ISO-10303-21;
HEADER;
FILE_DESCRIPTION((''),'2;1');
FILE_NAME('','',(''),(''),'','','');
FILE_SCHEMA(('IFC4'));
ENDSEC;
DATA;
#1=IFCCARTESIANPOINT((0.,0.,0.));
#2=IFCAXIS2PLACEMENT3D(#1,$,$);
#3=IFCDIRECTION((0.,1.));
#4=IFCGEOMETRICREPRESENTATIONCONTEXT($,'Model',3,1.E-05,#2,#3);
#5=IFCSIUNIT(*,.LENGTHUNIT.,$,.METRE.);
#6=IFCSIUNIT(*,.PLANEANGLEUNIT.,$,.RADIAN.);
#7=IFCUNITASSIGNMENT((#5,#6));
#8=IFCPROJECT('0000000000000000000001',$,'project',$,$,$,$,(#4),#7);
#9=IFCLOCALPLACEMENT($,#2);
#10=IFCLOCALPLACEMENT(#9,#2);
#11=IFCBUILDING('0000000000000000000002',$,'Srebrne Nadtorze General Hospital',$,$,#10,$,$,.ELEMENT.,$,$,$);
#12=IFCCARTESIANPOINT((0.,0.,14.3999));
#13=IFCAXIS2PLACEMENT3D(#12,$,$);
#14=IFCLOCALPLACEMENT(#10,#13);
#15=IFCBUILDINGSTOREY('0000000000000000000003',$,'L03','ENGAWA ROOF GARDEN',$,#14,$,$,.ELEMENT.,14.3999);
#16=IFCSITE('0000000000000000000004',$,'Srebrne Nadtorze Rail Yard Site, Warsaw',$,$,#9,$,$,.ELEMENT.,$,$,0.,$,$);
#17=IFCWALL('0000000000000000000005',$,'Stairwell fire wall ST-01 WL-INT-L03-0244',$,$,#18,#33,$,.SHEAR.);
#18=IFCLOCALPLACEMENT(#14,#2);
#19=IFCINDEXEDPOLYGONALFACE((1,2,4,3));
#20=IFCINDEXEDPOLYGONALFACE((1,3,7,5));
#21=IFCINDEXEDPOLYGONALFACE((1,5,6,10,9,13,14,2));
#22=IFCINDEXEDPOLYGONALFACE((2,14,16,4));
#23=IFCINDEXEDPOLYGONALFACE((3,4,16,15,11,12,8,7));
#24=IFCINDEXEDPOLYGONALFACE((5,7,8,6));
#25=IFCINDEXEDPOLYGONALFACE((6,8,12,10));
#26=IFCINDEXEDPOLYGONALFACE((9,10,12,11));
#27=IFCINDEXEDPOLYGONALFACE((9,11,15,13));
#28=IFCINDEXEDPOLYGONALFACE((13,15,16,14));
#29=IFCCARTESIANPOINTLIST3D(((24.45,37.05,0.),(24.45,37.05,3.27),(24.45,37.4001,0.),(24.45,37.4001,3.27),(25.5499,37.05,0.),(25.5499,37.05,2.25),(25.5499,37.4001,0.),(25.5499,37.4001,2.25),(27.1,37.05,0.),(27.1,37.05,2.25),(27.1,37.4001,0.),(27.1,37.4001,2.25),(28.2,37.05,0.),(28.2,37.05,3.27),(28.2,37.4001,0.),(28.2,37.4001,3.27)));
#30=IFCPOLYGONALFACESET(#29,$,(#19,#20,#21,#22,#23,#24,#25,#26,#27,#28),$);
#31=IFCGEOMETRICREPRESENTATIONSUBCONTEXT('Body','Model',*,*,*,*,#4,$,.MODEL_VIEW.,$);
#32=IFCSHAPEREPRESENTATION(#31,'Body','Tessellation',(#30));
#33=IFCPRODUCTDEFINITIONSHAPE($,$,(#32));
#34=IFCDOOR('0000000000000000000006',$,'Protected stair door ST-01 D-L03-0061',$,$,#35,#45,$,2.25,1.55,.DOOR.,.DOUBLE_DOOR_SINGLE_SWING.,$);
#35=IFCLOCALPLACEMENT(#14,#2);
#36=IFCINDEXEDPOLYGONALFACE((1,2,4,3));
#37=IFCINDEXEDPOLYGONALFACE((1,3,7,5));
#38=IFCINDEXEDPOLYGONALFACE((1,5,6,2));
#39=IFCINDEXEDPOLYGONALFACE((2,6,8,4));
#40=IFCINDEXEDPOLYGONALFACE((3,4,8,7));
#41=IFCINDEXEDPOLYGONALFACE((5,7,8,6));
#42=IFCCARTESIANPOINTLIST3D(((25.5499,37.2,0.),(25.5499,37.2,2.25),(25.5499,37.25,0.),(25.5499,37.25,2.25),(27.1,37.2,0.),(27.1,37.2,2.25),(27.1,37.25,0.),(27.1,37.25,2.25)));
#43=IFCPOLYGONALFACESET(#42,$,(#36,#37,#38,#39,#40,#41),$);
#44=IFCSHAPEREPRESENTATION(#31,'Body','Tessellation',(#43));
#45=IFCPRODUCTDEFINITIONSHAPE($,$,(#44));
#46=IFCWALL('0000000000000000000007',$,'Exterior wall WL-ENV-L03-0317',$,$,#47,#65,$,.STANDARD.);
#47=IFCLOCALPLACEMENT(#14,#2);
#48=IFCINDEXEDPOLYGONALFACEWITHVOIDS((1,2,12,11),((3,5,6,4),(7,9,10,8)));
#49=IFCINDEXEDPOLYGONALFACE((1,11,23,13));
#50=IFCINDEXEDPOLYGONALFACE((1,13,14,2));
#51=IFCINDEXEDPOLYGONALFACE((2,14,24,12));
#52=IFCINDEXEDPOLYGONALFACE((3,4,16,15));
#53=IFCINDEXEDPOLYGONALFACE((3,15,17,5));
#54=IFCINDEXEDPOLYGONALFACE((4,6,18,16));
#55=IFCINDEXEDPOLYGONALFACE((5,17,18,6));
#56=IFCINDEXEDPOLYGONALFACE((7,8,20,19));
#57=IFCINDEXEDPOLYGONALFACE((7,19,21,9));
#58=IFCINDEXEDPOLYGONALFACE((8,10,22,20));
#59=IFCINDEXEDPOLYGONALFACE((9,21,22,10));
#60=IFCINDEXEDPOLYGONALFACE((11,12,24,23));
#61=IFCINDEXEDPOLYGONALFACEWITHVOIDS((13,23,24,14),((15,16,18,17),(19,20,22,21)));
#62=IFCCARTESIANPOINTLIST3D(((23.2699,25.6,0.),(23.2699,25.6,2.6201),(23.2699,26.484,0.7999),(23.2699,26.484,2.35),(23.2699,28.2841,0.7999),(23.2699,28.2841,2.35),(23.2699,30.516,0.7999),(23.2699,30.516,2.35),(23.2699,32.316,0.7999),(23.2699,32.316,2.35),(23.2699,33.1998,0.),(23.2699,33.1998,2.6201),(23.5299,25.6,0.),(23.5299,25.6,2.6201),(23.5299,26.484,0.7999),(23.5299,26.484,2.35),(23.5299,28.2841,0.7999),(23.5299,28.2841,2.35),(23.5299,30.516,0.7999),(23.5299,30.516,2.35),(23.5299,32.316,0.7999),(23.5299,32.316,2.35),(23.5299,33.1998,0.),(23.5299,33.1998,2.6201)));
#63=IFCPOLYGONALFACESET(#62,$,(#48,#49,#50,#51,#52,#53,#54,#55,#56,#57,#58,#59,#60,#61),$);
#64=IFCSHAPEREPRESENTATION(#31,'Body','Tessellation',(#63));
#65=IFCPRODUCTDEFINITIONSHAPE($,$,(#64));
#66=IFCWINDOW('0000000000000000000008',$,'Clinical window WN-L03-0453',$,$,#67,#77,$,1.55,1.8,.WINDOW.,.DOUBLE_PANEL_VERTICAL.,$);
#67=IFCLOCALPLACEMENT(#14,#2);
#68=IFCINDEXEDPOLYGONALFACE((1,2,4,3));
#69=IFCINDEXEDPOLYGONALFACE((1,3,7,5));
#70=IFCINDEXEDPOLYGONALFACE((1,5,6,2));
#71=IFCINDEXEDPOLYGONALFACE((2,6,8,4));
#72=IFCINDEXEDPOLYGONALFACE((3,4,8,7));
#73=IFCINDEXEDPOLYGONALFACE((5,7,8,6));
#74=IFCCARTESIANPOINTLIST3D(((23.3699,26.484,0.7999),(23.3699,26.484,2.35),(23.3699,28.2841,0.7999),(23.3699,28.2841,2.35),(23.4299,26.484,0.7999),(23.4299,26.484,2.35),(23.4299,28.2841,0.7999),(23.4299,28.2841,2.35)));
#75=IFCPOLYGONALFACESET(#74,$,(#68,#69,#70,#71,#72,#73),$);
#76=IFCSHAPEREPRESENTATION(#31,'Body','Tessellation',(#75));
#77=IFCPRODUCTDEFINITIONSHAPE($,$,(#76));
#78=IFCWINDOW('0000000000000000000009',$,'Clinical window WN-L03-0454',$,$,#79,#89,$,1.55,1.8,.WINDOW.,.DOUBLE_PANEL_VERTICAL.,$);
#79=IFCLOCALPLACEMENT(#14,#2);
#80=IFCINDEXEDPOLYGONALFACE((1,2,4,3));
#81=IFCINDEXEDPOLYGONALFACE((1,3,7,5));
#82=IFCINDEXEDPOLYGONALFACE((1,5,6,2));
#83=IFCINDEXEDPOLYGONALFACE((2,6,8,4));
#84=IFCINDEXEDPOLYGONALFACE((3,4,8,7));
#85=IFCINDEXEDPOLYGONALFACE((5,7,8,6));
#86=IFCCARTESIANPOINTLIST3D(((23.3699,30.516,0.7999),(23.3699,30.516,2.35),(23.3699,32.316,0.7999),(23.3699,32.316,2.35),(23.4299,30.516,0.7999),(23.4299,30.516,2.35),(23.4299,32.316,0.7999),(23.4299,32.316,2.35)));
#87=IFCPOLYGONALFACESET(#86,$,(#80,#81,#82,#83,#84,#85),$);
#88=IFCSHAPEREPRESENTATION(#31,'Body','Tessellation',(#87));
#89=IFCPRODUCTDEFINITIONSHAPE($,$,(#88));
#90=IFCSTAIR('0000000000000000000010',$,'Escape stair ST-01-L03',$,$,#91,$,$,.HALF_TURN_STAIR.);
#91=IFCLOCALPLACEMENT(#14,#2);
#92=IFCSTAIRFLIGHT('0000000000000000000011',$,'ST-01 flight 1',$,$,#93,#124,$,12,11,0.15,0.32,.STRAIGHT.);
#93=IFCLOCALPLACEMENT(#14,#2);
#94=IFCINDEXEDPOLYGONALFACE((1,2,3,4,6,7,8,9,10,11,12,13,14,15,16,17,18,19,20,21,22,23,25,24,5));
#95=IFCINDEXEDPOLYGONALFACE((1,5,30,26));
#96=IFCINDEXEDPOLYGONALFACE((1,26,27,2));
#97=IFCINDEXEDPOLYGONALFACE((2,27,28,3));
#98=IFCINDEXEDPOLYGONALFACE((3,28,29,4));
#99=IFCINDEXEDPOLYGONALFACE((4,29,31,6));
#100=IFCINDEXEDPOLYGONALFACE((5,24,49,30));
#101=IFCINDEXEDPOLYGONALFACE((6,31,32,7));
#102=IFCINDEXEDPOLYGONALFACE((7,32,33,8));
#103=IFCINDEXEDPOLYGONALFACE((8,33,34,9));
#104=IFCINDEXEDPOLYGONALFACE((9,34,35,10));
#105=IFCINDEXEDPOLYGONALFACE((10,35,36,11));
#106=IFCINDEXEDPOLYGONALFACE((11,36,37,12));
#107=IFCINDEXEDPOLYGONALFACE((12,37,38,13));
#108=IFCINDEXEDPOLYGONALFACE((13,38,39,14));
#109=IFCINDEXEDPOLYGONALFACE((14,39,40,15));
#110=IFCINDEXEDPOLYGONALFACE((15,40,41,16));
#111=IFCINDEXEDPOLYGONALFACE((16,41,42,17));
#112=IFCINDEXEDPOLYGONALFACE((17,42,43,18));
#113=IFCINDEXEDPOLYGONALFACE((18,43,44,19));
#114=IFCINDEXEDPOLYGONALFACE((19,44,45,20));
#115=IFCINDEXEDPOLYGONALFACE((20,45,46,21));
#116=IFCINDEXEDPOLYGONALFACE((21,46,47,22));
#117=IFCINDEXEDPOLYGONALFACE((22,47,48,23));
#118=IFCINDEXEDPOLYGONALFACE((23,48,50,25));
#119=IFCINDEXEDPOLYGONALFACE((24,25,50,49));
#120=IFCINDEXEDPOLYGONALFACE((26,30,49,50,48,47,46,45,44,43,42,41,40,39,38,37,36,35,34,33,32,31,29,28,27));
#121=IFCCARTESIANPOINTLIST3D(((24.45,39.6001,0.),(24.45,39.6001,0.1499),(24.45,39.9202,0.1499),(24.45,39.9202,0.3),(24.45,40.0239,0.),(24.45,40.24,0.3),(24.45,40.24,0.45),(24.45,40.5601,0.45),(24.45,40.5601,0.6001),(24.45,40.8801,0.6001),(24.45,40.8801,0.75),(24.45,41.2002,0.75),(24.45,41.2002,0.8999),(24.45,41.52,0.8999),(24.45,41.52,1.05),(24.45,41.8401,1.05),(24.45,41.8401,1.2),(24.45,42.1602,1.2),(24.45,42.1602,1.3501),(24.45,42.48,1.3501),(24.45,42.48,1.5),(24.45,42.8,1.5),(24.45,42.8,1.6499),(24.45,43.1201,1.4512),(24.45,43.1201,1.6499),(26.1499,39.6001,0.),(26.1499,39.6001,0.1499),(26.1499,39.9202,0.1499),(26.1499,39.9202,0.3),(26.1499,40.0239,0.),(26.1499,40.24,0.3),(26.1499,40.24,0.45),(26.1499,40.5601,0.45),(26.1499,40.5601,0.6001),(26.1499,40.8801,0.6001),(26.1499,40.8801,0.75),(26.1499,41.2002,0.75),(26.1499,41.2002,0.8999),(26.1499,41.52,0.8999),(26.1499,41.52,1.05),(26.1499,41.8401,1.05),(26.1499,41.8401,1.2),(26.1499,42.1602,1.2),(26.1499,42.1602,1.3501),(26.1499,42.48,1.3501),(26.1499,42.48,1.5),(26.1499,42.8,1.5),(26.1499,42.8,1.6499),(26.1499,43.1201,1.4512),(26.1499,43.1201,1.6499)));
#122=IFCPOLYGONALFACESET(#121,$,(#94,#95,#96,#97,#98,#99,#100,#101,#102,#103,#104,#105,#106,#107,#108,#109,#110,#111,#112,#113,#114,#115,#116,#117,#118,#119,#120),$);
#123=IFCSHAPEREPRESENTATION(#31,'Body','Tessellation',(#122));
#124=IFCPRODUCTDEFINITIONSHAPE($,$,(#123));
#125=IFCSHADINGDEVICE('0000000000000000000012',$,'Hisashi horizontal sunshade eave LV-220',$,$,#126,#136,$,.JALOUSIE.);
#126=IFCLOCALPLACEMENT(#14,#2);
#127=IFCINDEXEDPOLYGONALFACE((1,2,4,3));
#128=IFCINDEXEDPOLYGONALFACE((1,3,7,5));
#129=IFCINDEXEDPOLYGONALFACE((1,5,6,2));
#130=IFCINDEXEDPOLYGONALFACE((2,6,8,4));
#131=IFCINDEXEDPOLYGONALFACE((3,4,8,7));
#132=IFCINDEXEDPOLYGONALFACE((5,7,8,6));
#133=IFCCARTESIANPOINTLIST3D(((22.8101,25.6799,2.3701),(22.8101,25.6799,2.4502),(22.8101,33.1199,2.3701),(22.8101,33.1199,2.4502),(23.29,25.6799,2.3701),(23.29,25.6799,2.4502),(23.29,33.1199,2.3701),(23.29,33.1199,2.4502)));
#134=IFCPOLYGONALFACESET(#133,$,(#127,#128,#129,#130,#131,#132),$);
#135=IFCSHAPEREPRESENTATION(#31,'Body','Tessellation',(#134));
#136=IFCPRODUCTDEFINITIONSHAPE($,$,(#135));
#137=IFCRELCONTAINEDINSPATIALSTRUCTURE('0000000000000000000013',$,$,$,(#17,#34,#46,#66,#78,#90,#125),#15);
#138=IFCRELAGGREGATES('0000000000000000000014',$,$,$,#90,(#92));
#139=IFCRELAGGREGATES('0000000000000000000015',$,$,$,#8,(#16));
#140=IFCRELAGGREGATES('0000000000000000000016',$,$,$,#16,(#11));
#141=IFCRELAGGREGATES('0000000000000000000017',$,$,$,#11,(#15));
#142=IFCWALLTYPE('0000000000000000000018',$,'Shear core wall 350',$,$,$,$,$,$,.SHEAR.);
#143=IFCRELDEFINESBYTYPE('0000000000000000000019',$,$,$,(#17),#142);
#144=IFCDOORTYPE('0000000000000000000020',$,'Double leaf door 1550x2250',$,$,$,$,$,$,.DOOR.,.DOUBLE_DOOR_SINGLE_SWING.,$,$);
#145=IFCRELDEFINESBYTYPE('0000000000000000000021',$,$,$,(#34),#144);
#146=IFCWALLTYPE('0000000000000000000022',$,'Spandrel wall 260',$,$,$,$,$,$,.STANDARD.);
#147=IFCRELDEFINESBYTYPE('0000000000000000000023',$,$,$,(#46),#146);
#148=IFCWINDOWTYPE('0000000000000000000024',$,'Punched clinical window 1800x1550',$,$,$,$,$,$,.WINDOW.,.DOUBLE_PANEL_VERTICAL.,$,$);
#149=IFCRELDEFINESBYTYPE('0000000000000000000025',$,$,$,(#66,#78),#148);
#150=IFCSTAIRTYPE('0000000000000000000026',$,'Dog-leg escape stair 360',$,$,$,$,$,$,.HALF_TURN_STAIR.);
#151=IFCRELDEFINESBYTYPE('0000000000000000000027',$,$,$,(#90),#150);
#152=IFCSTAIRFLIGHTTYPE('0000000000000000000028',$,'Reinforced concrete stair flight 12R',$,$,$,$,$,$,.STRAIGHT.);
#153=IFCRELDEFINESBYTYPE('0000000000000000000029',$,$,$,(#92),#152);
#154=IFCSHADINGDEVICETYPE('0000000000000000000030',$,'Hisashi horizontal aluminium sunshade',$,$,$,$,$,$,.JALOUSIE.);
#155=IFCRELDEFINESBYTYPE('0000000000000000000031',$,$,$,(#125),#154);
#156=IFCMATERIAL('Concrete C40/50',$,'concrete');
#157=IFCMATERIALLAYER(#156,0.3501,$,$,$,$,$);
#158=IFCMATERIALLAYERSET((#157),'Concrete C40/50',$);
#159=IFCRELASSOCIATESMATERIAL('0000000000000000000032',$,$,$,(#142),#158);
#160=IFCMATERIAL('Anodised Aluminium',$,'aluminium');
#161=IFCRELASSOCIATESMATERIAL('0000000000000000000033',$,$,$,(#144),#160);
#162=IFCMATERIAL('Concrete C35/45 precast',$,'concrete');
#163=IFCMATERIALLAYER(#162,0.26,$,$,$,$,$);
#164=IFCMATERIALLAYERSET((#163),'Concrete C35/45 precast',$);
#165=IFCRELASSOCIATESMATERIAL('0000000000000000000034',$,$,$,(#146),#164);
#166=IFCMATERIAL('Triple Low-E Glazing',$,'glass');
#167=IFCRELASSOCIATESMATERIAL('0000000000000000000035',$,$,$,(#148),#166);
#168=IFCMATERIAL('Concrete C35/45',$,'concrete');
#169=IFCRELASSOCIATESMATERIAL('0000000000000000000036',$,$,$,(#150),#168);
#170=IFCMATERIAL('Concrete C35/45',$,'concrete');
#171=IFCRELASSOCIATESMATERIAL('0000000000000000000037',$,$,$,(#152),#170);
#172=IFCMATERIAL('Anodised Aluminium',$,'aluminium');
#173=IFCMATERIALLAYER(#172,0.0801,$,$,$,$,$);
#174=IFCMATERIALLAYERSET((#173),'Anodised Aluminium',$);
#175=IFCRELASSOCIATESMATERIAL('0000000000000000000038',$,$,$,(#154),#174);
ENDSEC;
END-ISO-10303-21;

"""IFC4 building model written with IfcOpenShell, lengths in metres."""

from ifc_helpers import new_model, si_unit, direction, frame, frame_2d, origin, origin_2d, place, context, subcontext, project, spatial, polyline, rectangle, outline, extrude, material, layer, layer_set, type_object, element, fill, aggregate, save


model = new_model("IFC4")

# Units and contexts
model_context = context("Model", 3, precision=1e-05, world=origin(), true_north=direction((0.0, 1.0)))
body_context = subcontext(model_context, "Body", "Model", "MODEL_VIEW")
ifc_project = project(units=[si_unit("LENGTHUNIT", "METRE"), si_unit("PLANEANGLEUNIT", "RADIAN")], contexts=[model_context])

# Site, building, storey
site_placement = place(None, origin())
site = spatial("IfcSite", under=ifc_project, at=site_placement, Name="Srebrne Nadtorze Rail Yard Site, Warsaw", CompositionType="ELEMENT", RefElevation=0.0)
building_placement = place(site_placement, origin())
building = spatial("IfcBuilding", under=site, at=building_placement, Name="Srebrne Nadtorze General Hospital", CompositionType="ELEMENT")
storey_placement = place(building_placement, frame((0.0, 0.0, 14.3999)))
storey = spatial("IfcBuildingStorey", under=building, at=storey_placement, Name="L03", Description="ENGAWA ROOF GARDEN", CompositionType="ELEMENT", Elevation=14.3999)

# Shared definitions
ifc_material_1 = material(Name="Concrete C40/50", Category="concrete")
ifc_layer_1 = layer(ifc_material_1, 0.3501)
ifc_layer_set_1 = layer_set([ifc_layer_1], Name="Concrete C40/50")
wall_type_1 = type_object("IfcWallType", Name="Shear core wall 350", PredefinedType="SHEAR", material=ifc_layer_set_1)

# Wall, opening, door
wall_1_placement = place(storey_placement, frame((24.45, 37.2251, 0.0), z_axis=(0.0, 0.0, 1.0), x_axis=(1.0, 0.0, 0.0)))
wall_1 = element("IfcWall", 1, at=wall_1_placement, inside=storey, type_object=wall_type_1, Name="Stairwell fire wall ST-01 WL-INT-L03-0244", PredefinedType="SHEAR", context=body_context, shape_type="SweptSolid", body=[
    extrude(rectangle(XDim=3.75, YDim=0.3501, at=frame_2d((1.875, 0.0))), origin(), (0.0, 0.0, 1.0), 3.27),
])
opening_1_placement = place(wall_1_placement, frame((1.1001, 0.0, 0.0)))
opening_1 = element("IfcOpeningElement", 2, at=opening_1_placement, cuts=wall_1, PredefinedType="OPENING", context=body_context, shape_type="SweptSolid", body=[
    extrude(rectangle(XDim=1.55, YDim=2.25, at=frame_2d((0.7749, 1.125))), frame((0.0, 0.187, 0.0), z_axis=(0.0, -1.0, 0.0), x_axis=(1.0, 0.0, 0.0)), (0.0, 0.0, 1.0), 0.374),
])
ifc_material_2 = material(Name="Anodised Aluminium", Category="aluminium")
door_type = type_object("IfcDoorType", Name="Double leaf door 1550x2250", OperationType="DOUBLE_DOOR_SINGLE_SWING", PredefinedType="DOOR", material=ifc_material_2)
door_placement = place(opening_1_placement, origin())
door = element("IfcDoor", 3, at=door_placement, inside=storey, type_object=door_type, Name="Protected stair door ST-01 D-L03-0061", OperationType="DOUBLE_DOOR_SINGLE_SWING", OverallHeight=2.25, OverallWidth=1.55, PredefinedType="DOOR", context=body_context, shape_type="SweptSolid", body=[
    extrude(rectangle(XDim=1.55, YDim=2.25, at=frame_2d((0.7749, 1.125))), frame((0.0, 0.0249, 0.0), z_axis=(0.0, -1.0, 0.0), x_axis=(1.0, 0.0, 0.0)), (0.0, 0.0, 1.0), 0.05),
])
fill(opening_1, door)

# Wall, openings, windows
ifc_material_3 = material(Name="Concrete C35/45 precast", Category="concrete")
ifc_layer_2 = layer(ifc_material_3, 0.26)
ifc_layer_set_2 = layer_set([ifc_layer_2], Name="Concrete C35/45 precast")
wall_type_2 = type_object("IfcWallType", Name="Spandrel wall 260", PredefinedType="STANDARD", material=ifc_layer_set_2)
wall_2_placement = place(storey_placement, frame((23.3999, 25.6001, 0.0), z_axis=(0.0, 0.0, 1.0), x_axis=(0.0, 1.0, 0.0)))
wall_2 = element("IfcWall", 4, at=wall_2_placement, inside=storey, type_object=wall_type_2, Name="Exterior wall WL-ENV-L03-0317", PredefinedType="STANDARD", context=body_context, shape_type="SweptSolid", body=[
    extrude(rectangle(XDim=7.5999, YDim=0.26, at=frame_2d((3.7998, 0.0))), origin(), (0.0, 0.0, 1.0), 2.6201),
])
opening_2_placement = place(wall_2_placement, frame((0.884, 0.0, 0.8)))
opening_2 = element("IfcOpeningElement", 5, at=opening_2_placement, cuts=wall_2, PredefinedType="OPENING", context=body_context, shape_type="SweptSolid", body=[
    extrude(rectangle(XDim=1.8, YDim=1.55, at=frame_2d((0.8999, 0.7749))), frame((0.0, 0.1421, 0.0), z_axis=(0.0, -1.0, 0.0), x_axis=(1.0, 0.0, 0.0)), (0.0, 0.0, 1.0), 0.2839),
])
opening_3_placement = place(wall_2_placement, frame((4.916, 0.0, 0.8)))
opening_3 = element("IfcOpeningElement", 6, at=opening_3_placement, cuts=wall_2, PredefinedType="OPENING", context=body_context, shape_type="SweptSolid", body=[
    extrude(rectangle(XDim=1.8, YDim=1.55, at=frame_2d((0.8999, 0.7749))), frame((0.0, 0.1421, 0.0), z_axis=(0.0, -1.0, 0.0), x_axis=(1.0, 0.0, 0.0)), (0.0, 0.0, 1.0), 0.2839),
])
ifc_material_4 = material(Name="Triple Low-E Glazing", Category="glass")
window_type_1 = type_object("IfcWindowType", Name="Punched clinical window 1800x1550", PartitioningType="DOUBLE_PANEL_VERTICAL", PredefinedType="WINDOW", material=ifc_material_4)
window_1_placement = place(opening_2_placement, origin())
window_1 = element("IfcWindow", 7, at=window_1_placement, inside=storey, type_object=window_type_1, Name="Clinical window WN-L03-0453", OverallHeight=1.55, OverallWidth=1.8, PartitioningType="DOUBLE_PANEL_VERTICAL", PredefinedType="WINDOW", context=body_context, shape_type="SweptSolid", body=[
    extrude(rectangle(XDim=1.8, YDim=1.55, at=frame_2d((0.8999, 0.7749))), frame((0.0, 0.03, 0.0), z_axis=(0.0, -1.0, 0.0), x_axis=(1.0, 0.0, 0.0)), (0.0, 0.0, 1.0), 0.0601),
])
fill(opening_2, window_1)
window_2_placement = place(opening_3_placement, origin())
window_2 = element("IfcWindow", 8, at=window_2_placement, inside=storey, type_object=window_type_1, Name="Clinical window WN-L03-0454", OverallHeight=1.55, OverallWidth=1.8, PartitioningType="DOUBLE_PANEL_VERTICAL", PredefinedType="WINDOW", context=body_context, shape_type="SweptSolid", body=[
    extrude(rectangle(XDim=1.8, YDim=1.55, at=frame_2d((0.8999, 0.7749))), frame((0.0, 0.03, 0.0), z_axis=(0.0, -1.0, 0.0), x_axis=(1.0, 0.0, 0.0)), (0.0, 0.0, 1.0), 0.0601),
])
fill(opening_3, window_2)

# Stair, stair flight
ifc_material_5 = material(Name="Concrete C35/45", Category="concrete")
stair_type = type_object("IfcStairType", Name="Dog-leg escape stair 360", PredefinedType="HALF_TURN_STAIR", material=ifc_material_5)
stair_placement = place(storey_placement, origin())
stair = element("IfcStair", 9, at=stair_placement, inside=storey, type_object=stair_type, Name="Escape stair ST-01-L03", PredefinedType="HALF_TURN_STAIR")
ifc_material_6 = material(Name="Concrete C35/45", Category="concrete")
stair_flight_type = type_object("IfcStairFlightType", Name="Reinforced concrete stair flight 12R", PredefinedType="STRAIGHT", material=ifc_material_6)
stair_flight_placement = place(storey_placement, frame((25.3, 39.6001, 0.0), z_axis=(0.0, 0.0, 1.0), x_axis=(0.0, 1.0, 0.0)))
stair_flight = element("IfcStairFlight", 10, at=stair_flight_placement, type_object=stair_flight_type, Name="ST-01 flight 1", NumberOfRisers=12, NumberOfTreads=11, PredefinedType="STRAIGHT", RiserHeight=0.15, TreadLength=0.32, context=body_context, shape_type="SweptSolid", body=[
    extrude(outline(polyline([(0.0, 0.0), (0.0, 0.1499), (0.3201, 0.1499), (0.3201, 0.3), (0.6399, 0.3), (0.6399, 0.45), (0.96, 0.45), (0.96, 0.6001), (1.28, 0.6001), (1.28, 0.75), (1.6001, 0.75), (1.6001, 0.8999), (1.9199, 0.8999), (1.9199, 1.05), (2.24, 1.05), (2.24, 1.2), (2.5601, 1.2), (2.5601, 1.3501), (2.8799, 1.3501), (2.8799, 1.5), (3.2, 1.5), (3.2, 1.6499), (3.52, 1.6499), (3.52, 1.8), (3.52, 1.4512), (0.4238, 0.0), (0.0, 0.0)])), frame((0.0, 0.8501, 0.0), z_axis=(0.0, -1.0, 0.0), x_axis=(1.0, 0.0, 0.0)), (0.0, 0.0, 1.0), 1.7),
])
aggregate(stair, [stair_flight])

# Shading device
ifc_material_7 = material(Name="Anodised Aluminium", Category="aluminium")
ifc_layer_3 = layer(ifc_material_7, 0.0801)
ifc_layer_set_3 = layer_set([ifc_layer_3], Name="Anodised Aluminium")
shading_device_type = type_object("IfcShadingDeviceType", Name="Hisashi horizontal aluminium sunshade", PredefinedType="JALOUSIE", material=ifc_layer_set_3)
shading_device_placement = place(storey_placement, frame((23.05, 29.3999, 2.3701), z_axis=(0.0, 0.0, 1.0), x_axis=(1.0, 0.0, 0.0)))
element("IfcShadingDevice", 11, at=shading_device_placement, inside=storey, type_object=shading_device_type, Name="Hisashi horizontal sunshade eave LV-220", PredefinedType="JALOUSIE", context=body_context, shape_type="SweptSolid", body=[
    extrude(rectangle(XDim=0.48, YDim=7.4399, at=origin_2d()), origin(), (0.0, 0.0, 1.0), 0.0801),
])

save(model, "model.ifc")
